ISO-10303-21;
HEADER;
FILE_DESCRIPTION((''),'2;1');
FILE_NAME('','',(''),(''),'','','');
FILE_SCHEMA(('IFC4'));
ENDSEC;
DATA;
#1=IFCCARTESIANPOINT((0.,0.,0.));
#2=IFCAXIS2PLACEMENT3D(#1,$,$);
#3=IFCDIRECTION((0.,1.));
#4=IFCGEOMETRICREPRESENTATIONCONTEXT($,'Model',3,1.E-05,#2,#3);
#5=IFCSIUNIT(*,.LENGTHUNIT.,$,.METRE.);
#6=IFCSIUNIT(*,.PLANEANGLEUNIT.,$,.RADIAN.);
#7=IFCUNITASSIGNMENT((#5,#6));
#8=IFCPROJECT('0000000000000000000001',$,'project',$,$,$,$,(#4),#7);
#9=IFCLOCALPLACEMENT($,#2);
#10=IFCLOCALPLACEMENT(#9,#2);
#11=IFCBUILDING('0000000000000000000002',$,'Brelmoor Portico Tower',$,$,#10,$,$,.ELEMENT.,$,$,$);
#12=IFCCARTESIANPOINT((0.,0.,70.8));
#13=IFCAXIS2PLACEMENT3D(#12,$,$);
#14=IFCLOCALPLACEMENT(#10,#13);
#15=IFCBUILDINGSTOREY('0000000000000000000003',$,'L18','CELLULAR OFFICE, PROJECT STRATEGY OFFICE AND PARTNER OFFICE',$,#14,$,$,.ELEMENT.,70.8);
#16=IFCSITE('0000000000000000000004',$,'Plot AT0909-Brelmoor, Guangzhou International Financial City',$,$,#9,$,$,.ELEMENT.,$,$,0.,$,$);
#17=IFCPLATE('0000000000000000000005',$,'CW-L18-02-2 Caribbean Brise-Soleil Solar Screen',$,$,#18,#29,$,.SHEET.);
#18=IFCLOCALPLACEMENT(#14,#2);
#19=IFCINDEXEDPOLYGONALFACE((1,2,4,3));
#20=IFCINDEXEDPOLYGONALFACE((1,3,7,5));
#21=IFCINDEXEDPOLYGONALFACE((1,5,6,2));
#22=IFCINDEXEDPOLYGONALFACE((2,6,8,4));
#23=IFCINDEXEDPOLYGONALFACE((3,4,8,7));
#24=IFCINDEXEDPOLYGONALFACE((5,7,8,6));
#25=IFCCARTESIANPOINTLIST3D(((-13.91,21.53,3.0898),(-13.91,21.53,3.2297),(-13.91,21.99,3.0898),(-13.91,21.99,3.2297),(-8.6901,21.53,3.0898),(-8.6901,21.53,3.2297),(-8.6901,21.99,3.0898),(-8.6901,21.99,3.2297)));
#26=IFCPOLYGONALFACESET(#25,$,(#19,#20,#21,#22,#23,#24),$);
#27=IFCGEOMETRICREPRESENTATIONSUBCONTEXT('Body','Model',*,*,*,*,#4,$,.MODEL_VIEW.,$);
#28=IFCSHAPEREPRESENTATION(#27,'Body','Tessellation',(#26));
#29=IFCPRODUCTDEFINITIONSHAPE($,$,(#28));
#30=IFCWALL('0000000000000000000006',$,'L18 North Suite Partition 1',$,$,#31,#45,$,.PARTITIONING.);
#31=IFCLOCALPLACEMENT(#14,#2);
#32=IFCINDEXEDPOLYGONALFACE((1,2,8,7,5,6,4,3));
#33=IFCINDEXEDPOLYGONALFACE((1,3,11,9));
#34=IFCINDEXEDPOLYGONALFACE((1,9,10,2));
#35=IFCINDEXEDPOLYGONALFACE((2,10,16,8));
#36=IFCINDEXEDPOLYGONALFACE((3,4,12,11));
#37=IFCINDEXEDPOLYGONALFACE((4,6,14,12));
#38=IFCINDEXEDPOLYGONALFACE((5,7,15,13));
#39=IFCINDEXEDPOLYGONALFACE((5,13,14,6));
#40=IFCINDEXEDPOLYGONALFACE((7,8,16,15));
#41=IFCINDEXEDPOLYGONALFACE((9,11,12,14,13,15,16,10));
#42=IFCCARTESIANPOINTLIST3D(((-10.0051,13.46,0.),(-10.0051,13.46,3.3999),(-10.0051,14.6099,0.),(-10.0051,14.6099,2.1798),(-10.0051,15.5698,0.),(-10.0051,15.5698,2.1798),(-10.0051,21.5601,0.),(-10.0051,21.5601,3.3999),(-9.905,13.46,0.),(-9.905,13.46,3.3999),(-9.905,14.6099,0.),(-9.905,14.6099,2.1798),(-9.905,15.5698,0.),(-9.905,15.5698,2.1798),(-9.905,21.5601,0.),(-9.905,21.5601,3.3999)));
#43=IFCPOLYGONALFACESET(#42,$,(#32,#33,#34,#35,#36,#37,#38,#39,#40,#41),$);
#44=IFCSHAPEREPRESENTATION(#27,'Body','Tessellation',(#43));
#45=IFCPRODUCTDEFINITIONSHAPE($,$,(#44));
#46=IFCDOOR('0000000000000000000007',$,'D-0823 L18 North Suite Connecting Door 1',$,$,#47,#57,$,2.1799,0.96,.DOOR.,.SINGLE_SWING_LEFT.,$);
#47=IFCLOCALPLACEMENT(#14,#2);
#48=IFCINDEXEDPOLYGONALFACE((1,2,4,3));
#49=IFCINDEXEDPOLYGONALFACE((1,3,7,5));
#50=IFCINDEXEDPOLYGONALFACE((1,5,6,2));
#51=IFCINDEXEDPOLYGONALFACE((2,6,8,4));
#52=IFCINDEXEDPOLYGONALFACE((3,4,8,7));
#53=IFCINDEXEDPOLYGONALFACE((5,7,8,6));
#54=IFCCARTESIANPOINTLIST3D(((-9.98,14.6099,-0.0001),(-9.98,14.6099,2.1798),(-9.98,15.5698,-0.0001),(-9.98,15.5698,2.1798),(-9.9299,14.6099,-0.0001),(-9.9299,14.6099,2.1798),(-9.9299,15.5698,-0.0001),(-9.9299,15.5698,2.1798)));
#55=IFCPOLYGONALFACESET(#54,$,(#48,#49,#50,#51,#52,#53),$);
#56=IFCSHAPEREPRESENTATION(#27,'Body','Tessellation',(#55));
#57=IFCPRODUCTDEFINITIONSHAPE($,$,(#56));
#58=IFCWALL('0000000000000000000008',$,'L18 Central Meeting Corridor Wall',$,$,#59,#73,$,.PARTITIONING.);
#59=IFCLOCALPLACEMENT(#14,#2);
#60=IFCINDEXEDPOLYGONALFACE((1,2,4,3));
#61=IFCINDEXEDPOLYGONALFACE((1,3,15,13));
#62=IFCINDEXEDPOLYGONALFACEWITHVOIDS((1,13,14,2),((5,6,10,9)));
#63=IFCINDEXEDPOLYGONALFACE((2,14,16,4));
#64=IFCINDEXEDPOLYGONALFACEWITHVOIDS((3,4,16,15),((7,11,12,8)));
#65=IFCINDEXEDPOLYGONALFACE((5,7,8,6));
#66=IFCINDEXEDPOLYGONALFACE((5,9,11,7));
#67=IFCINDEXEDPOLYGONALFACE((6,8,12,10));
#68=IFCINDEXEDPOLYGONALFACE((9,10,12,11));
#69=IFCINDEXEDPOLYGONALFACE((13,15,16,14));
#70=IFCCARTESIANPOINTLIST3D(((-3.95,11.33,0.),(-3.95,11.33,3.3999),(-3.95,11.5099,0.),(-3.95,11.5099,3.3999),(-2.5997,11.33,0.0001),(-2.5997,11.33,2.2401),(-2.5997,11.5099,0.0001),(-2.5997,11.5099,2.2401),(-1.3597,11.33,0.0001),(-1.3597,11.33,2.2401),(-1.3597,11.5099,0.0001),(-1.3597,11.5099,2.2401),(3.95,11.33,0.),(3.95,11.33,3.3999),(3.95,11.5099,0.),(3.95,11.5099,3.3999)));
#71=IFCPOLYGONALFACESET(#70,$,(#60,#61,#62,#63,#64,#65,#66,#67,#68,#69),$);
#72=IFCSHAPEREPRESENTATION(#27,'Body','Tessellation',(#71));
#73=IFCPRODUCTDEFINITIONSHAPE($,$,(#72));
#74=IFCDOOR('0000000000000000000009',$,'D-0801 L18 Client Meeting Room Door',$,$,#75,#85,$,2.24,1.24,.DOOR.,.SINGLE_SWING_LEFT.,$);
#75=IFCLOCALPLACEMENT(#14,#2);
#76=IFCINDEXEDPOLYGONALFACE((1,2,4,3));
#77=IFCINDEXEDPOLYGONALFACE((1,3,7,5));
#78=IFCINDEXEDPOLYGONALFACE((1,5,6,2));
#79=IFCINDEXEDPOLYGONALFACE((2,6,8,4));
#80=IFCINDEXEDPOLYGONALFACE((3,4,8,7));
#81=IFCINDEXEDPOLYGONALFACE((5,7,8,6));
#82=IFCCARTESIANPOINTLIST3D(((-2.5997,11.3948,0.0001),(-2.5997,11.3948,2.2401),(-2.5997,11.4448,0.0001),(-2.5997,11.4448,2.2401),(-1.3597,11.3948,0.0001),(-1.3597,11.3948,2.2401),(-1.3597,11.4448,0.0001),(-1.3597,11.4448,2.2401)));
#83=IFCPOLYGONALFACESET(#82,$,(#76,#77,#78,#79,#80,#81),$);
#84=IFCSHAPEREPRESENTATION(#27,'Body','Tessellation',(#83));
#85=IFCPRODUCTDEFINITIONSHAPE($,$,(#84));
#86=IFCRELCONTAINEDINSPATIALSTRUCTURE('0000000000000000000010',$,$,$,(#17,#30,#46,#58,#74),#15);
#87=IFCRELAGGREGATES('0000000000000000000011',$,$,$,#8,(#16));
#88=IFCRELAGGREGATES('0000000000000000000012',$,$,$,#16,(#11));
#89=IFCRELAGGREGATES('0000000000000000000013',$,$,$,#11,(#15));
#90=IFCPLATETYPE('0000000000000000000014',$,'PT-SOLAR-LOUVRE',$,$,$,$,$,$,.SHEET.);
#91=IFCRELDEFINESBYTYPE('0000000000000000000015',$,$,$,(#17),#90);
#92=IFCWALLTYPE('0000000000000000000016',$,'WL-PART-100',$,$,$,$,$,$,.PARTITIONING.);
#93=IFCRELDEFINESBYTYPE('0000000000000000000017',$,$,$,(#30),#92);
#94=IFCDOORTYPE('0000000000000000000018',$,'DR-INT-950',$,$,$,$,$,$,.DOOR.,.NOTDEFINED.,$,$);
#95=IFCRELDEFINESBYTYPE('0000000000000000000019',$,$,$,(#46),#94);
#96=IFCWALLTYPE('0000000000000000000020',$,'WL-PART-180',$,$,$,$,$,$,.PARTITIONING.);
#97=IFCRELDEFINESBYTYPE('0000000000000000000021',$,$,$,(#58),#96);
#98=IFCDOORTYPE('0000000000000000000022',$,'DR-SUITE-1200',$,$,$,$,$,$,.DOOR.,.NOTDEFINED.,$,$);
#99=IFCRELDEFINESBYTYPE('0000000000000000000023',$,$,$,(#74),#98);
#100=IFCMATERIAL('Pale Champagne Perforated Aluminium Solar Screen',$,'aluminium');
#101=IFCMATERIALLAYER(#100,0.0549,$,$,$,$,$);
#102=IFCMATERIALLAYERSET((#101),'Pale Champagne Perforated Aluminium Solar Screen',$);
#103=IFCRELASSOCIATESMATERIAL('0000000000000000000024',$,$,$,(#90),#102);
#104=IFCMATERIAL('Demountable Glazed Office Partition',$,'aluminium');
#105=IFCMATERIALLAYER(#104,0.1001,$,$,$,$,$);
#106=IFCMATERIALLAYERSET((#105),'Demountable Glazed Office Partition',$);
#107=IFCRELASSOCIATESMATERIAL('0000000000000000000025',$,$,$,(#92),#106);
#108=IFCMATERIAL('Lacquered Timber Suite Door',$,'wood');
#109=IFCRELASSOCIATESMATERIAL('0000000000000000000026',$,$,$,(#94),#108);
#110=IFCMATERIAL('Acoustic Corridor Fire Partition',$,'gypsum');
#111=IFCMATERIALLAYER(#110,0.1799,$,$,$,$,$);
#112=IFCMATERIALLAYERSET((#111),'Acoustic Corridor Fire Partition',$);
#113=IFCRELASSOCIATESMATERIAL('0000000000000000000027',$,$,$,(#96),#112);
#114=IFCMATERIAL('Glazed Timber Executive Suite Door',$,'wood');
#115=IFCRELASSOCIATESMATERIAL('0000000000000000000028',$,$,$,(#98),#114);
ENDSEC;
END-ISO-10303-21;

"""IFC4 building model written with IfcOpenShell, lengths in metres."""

from ifc_helpers import new_model, si_unit, direction, frame, frame_2d, origin, origin_2d, place, context, subcontext, project, spatial, rectangle, extrude, material, layer, layer_set, type_object, element, fill, save


model = new_model("IFC4")

# Units and contexts
model_context = context("Model", 3, precision=1e-05, world=origin(), true_north=direction((0.0, 1.0)))
body_context = subcontext(model_context, "Body", "Model", "MODEL_VIEW")
ifc_project = project(units=[si_unit("LENGTHUNIT", "METRE"), si_unit("PLANEANGLEUNIT", "RADIAN")], contexts=[model_context])

# Site, building, storey
site_placement = place(None, origin())
site = spatial("IfcSite", under=ifc_project, at=site_placement, Name="Plot AT0909-Brelmoor, Guangzhou International Financial City", CompositionType="ELEMENT", RefElevation=0.0)
building_placement = place(site_placement, origin())
building = spatial("IfcBuilding", under=site, at=building_placement, Name="Brelmoor Portico Tower", CompositionType="ELEMENT")
storey_placement = place(building_placement, frame((0.0, 0.0, 70.8)))
storey = spatial("IfcBuildingStorey", under=building, at=storey_placement, Name="L18", Description="CELLULAR OFFICE, PROJECT STRATEGY OFFICE AND PARTNER OFFICE", CompositionType="ELEMENT", Elevation=70.8)

# Plate
ifc_material_1 = material(Name="Pale Champagne Perforated Aluminium Solar Screen", Category="aluminium")
ifc_layer_1 = layer(ifc_material_1, 0.0549)
ifc_layer_set_1 = layer_set([ifc_layer_1], Name="Pale Champagne Perforated Aluminium Solar Screen")
plate_type_1 = type_object("IfcPlateType", Name="PT-SOLAR-LOUVRE", PredefinedType="SHEET", material=ifc_layer_set_1)
for number, where, z_axis, x_axis, name in (
    (1, (-11.3, 21.76, 3.0898), (0.0, 0.0, 1.0), (1.0, 0.0, 0.0), "CW-L18-02-2 Caribbean Brise-Soleil Solar Screen"),
):
    element("IfcPlate", number, at=place(storey_placement, frame(where, z_axis=z_axis, x_axis=x_axis)), inside=storey, type_object=plate_type_1, Name=name, PredefinedType="SHEET", context=body_context, shape_type="SweptSolid", body=[
        extrude(rectangle(XDim=5.22, YDim=0.46, at=origin_2d()), origin(), (0.0, 0.0, 1.0), 0.1399),
    ])

# Walls, openings, doors
ifc_material_2 = material(Name="Demountable Glazed Office Partition", Category="aluminium")
ifc_layer_2 = layer(ifc_material_2, 0.1001)
ifc_layer_set_2 = layer_set([ifc_layer_2], Name="Demountable Glazed Office Partition")
wall_type_1 = type_object("IfcWallType", Name="WL-PART-100", PredefinedType="PARTITIONING", material=ifc_layer_set_2)
wall_1_placement = place(storey_placement, frame((-9.9551, 13.46, 0.0), z_axis=(0.0, 0.0, 1.0), x_axis=(0.0, 1.0, 0.0)))
wall_1 = element("IfcWall", 2, at=wall_1_placement, inside=storey, type_object=wall_type_1, Name="L18 North Suite Partition 1", PredefinedType="PARTITIONING", context=body_context, shape_type="SweptSolid", body=[
    extrude(rectangle(XDim=8.1001, YDim=0.1001, at=frame_2d((4.05, 0.0))), origin(), (0.0, 0.0, 1.0), 3.3999),
])
opening_1_placement = place(wall_1_placement, frame((1.1499, 0.0, 0.0)))
opening_1 = element("IfcOpeningElement", 3, at=opening_1_placement, cuts=wall_1, PredefinedType="OPENING", context=body_context, shape_type="SweptSolid", body=[
    extrude(rectangle(XDim=0.96, YDim=2.1799, at=frame_2d((0.48, 1.0898))), frame((0.0, 0.0601, 0.0), z_axis=(0.0, -1.0, 0.0), x_axis=(1.0, 0.0, 0.0)), (0.0, 0.0, 1.0), 0.1201),
])
ifc_material_3 = material(Name="Lacquered Timber Suite Door", Category="wood")
door_type_1 = type_object("IfcDoorType", Name="DR-INT-950", OperationType="NOTDEFINED", PredefinedType="DOOR", material=ifc_material_3)
door_1_placement = place(opening_1_placement, origin())
door_1 = element("IfcDoor", 4, at=door_1_placement, inside=storey, type_object=door_type_1, Name="D-0823 L18 North Suite Connecting Door 1", OperationType="SINGLE_SWING_LEFT", OverallHeight=2.1799, OverallWidth=0.96, PredefinedType="DOOR", context=body_context, shape_type="SweptSolid", body=[
    extrude(rectangle(XDim=0.96, YDim=2.1799, at=frame_2d((0.48, 1.0898))), frame((0.0, 0.0249, 0.0), z_axis=(0.0, -1.0, 0.0), x_axis=(1.0, 0.0, 0.0)), (0.0, 0.0, 1.0), 0.05),
])
fill(opening_1, door_1)
ifc_material_4 = material(Name="Acoustic Corridor Fire Partition", Category="gypsum")
ifc_layer_3 = layer(ifc_material_4, 0.1799)
ifc_layer_set_3 = layer_set([ifc_layer_3], Name="Acoustic Corridor Fire Partition")
wall_type_2 = type_object("IfcWallType", Name="WL-PART-180", PredefinedType="PARTITIONING", material=ifc_layer_set_3)
wall_2_placement = place(storey_placement, frame((-3.95, 11.4199, 0.0), z_axis=(0.0, 0.0, 1.0), x_axis=(1.0, 0.0, 0.0)))
wall_2 = element("IfcWall", 5, at=wall_2_placement, inside=storey, type_object=wall_type_2, Name="L18 Central Meeting Corridor Wall", PredefinedType="PARTITIONING", context=body_context, shape_type="SweptSolid", body=[
    extrude(rectangle(XDim=7.8999, YDim=0.1799, at=frame_2d((3.95, 0.0))), origin(), (0.0, 0.0, 1.0), 3.3999),
])
opening_2_placement = place(wall_2_placement, frame((1.3501, 0.0, 0.0)))
opening_2 = element("IfcOpeningElement", 6, at=opening_2_placement, cuts=wall_2, PredefinedType="OPENING", context=body_context, shape_type="SweptSolid", body=[
    extrude(rectangle(XDim=1.24, YDim=2.24, at=frame_2d((0.6201, 1.1201))), frame((0.0, 0.0999, 0.0), z_axis=(0.0, -1.0, 0.0), x_axis=(1.0, 0.0, 0.0)), (0.0, 0.0, 1.0), 0.2),
])
ifc_material_5 = material(Name="Glazed Timber Executive Suite Door", Category="wood")
door_type_2 = type_object("IfcDoorType", Name="DR-SUITE-1200", OperationType="NOTDEFINED", PredefinedType="DOOR", material=ifc_material_5)
door_2_placement = place(opening_2_placement, origin())
door_2 = element("IfcDoor", 7, at=door_2_placement, inside=storey, type_object=door_type_2, Name="D-0801 L18 Client Meeting Room Door", OperationType="SINGLE_SWING_LEFT", OverallHeight=2.24, OverallWidth=1.24, PredefinedType="DOOR", context=body_context, shape_type="SweptSolid", body=[
    extrude(rectangle(XDim=1.24, YDim=2.24, at=frame_2d((0.6201, 1.1201))), frame((0.0, 0.0249, 0.0), z_axis=(0.0, -1.0, 0.0), x_axis=(1.0, 0.0, 0.0)), (0.0, 0.0, 1.0), 0.05),
])
fill(opening_2, door_2)

save(model, "model.ifc")
